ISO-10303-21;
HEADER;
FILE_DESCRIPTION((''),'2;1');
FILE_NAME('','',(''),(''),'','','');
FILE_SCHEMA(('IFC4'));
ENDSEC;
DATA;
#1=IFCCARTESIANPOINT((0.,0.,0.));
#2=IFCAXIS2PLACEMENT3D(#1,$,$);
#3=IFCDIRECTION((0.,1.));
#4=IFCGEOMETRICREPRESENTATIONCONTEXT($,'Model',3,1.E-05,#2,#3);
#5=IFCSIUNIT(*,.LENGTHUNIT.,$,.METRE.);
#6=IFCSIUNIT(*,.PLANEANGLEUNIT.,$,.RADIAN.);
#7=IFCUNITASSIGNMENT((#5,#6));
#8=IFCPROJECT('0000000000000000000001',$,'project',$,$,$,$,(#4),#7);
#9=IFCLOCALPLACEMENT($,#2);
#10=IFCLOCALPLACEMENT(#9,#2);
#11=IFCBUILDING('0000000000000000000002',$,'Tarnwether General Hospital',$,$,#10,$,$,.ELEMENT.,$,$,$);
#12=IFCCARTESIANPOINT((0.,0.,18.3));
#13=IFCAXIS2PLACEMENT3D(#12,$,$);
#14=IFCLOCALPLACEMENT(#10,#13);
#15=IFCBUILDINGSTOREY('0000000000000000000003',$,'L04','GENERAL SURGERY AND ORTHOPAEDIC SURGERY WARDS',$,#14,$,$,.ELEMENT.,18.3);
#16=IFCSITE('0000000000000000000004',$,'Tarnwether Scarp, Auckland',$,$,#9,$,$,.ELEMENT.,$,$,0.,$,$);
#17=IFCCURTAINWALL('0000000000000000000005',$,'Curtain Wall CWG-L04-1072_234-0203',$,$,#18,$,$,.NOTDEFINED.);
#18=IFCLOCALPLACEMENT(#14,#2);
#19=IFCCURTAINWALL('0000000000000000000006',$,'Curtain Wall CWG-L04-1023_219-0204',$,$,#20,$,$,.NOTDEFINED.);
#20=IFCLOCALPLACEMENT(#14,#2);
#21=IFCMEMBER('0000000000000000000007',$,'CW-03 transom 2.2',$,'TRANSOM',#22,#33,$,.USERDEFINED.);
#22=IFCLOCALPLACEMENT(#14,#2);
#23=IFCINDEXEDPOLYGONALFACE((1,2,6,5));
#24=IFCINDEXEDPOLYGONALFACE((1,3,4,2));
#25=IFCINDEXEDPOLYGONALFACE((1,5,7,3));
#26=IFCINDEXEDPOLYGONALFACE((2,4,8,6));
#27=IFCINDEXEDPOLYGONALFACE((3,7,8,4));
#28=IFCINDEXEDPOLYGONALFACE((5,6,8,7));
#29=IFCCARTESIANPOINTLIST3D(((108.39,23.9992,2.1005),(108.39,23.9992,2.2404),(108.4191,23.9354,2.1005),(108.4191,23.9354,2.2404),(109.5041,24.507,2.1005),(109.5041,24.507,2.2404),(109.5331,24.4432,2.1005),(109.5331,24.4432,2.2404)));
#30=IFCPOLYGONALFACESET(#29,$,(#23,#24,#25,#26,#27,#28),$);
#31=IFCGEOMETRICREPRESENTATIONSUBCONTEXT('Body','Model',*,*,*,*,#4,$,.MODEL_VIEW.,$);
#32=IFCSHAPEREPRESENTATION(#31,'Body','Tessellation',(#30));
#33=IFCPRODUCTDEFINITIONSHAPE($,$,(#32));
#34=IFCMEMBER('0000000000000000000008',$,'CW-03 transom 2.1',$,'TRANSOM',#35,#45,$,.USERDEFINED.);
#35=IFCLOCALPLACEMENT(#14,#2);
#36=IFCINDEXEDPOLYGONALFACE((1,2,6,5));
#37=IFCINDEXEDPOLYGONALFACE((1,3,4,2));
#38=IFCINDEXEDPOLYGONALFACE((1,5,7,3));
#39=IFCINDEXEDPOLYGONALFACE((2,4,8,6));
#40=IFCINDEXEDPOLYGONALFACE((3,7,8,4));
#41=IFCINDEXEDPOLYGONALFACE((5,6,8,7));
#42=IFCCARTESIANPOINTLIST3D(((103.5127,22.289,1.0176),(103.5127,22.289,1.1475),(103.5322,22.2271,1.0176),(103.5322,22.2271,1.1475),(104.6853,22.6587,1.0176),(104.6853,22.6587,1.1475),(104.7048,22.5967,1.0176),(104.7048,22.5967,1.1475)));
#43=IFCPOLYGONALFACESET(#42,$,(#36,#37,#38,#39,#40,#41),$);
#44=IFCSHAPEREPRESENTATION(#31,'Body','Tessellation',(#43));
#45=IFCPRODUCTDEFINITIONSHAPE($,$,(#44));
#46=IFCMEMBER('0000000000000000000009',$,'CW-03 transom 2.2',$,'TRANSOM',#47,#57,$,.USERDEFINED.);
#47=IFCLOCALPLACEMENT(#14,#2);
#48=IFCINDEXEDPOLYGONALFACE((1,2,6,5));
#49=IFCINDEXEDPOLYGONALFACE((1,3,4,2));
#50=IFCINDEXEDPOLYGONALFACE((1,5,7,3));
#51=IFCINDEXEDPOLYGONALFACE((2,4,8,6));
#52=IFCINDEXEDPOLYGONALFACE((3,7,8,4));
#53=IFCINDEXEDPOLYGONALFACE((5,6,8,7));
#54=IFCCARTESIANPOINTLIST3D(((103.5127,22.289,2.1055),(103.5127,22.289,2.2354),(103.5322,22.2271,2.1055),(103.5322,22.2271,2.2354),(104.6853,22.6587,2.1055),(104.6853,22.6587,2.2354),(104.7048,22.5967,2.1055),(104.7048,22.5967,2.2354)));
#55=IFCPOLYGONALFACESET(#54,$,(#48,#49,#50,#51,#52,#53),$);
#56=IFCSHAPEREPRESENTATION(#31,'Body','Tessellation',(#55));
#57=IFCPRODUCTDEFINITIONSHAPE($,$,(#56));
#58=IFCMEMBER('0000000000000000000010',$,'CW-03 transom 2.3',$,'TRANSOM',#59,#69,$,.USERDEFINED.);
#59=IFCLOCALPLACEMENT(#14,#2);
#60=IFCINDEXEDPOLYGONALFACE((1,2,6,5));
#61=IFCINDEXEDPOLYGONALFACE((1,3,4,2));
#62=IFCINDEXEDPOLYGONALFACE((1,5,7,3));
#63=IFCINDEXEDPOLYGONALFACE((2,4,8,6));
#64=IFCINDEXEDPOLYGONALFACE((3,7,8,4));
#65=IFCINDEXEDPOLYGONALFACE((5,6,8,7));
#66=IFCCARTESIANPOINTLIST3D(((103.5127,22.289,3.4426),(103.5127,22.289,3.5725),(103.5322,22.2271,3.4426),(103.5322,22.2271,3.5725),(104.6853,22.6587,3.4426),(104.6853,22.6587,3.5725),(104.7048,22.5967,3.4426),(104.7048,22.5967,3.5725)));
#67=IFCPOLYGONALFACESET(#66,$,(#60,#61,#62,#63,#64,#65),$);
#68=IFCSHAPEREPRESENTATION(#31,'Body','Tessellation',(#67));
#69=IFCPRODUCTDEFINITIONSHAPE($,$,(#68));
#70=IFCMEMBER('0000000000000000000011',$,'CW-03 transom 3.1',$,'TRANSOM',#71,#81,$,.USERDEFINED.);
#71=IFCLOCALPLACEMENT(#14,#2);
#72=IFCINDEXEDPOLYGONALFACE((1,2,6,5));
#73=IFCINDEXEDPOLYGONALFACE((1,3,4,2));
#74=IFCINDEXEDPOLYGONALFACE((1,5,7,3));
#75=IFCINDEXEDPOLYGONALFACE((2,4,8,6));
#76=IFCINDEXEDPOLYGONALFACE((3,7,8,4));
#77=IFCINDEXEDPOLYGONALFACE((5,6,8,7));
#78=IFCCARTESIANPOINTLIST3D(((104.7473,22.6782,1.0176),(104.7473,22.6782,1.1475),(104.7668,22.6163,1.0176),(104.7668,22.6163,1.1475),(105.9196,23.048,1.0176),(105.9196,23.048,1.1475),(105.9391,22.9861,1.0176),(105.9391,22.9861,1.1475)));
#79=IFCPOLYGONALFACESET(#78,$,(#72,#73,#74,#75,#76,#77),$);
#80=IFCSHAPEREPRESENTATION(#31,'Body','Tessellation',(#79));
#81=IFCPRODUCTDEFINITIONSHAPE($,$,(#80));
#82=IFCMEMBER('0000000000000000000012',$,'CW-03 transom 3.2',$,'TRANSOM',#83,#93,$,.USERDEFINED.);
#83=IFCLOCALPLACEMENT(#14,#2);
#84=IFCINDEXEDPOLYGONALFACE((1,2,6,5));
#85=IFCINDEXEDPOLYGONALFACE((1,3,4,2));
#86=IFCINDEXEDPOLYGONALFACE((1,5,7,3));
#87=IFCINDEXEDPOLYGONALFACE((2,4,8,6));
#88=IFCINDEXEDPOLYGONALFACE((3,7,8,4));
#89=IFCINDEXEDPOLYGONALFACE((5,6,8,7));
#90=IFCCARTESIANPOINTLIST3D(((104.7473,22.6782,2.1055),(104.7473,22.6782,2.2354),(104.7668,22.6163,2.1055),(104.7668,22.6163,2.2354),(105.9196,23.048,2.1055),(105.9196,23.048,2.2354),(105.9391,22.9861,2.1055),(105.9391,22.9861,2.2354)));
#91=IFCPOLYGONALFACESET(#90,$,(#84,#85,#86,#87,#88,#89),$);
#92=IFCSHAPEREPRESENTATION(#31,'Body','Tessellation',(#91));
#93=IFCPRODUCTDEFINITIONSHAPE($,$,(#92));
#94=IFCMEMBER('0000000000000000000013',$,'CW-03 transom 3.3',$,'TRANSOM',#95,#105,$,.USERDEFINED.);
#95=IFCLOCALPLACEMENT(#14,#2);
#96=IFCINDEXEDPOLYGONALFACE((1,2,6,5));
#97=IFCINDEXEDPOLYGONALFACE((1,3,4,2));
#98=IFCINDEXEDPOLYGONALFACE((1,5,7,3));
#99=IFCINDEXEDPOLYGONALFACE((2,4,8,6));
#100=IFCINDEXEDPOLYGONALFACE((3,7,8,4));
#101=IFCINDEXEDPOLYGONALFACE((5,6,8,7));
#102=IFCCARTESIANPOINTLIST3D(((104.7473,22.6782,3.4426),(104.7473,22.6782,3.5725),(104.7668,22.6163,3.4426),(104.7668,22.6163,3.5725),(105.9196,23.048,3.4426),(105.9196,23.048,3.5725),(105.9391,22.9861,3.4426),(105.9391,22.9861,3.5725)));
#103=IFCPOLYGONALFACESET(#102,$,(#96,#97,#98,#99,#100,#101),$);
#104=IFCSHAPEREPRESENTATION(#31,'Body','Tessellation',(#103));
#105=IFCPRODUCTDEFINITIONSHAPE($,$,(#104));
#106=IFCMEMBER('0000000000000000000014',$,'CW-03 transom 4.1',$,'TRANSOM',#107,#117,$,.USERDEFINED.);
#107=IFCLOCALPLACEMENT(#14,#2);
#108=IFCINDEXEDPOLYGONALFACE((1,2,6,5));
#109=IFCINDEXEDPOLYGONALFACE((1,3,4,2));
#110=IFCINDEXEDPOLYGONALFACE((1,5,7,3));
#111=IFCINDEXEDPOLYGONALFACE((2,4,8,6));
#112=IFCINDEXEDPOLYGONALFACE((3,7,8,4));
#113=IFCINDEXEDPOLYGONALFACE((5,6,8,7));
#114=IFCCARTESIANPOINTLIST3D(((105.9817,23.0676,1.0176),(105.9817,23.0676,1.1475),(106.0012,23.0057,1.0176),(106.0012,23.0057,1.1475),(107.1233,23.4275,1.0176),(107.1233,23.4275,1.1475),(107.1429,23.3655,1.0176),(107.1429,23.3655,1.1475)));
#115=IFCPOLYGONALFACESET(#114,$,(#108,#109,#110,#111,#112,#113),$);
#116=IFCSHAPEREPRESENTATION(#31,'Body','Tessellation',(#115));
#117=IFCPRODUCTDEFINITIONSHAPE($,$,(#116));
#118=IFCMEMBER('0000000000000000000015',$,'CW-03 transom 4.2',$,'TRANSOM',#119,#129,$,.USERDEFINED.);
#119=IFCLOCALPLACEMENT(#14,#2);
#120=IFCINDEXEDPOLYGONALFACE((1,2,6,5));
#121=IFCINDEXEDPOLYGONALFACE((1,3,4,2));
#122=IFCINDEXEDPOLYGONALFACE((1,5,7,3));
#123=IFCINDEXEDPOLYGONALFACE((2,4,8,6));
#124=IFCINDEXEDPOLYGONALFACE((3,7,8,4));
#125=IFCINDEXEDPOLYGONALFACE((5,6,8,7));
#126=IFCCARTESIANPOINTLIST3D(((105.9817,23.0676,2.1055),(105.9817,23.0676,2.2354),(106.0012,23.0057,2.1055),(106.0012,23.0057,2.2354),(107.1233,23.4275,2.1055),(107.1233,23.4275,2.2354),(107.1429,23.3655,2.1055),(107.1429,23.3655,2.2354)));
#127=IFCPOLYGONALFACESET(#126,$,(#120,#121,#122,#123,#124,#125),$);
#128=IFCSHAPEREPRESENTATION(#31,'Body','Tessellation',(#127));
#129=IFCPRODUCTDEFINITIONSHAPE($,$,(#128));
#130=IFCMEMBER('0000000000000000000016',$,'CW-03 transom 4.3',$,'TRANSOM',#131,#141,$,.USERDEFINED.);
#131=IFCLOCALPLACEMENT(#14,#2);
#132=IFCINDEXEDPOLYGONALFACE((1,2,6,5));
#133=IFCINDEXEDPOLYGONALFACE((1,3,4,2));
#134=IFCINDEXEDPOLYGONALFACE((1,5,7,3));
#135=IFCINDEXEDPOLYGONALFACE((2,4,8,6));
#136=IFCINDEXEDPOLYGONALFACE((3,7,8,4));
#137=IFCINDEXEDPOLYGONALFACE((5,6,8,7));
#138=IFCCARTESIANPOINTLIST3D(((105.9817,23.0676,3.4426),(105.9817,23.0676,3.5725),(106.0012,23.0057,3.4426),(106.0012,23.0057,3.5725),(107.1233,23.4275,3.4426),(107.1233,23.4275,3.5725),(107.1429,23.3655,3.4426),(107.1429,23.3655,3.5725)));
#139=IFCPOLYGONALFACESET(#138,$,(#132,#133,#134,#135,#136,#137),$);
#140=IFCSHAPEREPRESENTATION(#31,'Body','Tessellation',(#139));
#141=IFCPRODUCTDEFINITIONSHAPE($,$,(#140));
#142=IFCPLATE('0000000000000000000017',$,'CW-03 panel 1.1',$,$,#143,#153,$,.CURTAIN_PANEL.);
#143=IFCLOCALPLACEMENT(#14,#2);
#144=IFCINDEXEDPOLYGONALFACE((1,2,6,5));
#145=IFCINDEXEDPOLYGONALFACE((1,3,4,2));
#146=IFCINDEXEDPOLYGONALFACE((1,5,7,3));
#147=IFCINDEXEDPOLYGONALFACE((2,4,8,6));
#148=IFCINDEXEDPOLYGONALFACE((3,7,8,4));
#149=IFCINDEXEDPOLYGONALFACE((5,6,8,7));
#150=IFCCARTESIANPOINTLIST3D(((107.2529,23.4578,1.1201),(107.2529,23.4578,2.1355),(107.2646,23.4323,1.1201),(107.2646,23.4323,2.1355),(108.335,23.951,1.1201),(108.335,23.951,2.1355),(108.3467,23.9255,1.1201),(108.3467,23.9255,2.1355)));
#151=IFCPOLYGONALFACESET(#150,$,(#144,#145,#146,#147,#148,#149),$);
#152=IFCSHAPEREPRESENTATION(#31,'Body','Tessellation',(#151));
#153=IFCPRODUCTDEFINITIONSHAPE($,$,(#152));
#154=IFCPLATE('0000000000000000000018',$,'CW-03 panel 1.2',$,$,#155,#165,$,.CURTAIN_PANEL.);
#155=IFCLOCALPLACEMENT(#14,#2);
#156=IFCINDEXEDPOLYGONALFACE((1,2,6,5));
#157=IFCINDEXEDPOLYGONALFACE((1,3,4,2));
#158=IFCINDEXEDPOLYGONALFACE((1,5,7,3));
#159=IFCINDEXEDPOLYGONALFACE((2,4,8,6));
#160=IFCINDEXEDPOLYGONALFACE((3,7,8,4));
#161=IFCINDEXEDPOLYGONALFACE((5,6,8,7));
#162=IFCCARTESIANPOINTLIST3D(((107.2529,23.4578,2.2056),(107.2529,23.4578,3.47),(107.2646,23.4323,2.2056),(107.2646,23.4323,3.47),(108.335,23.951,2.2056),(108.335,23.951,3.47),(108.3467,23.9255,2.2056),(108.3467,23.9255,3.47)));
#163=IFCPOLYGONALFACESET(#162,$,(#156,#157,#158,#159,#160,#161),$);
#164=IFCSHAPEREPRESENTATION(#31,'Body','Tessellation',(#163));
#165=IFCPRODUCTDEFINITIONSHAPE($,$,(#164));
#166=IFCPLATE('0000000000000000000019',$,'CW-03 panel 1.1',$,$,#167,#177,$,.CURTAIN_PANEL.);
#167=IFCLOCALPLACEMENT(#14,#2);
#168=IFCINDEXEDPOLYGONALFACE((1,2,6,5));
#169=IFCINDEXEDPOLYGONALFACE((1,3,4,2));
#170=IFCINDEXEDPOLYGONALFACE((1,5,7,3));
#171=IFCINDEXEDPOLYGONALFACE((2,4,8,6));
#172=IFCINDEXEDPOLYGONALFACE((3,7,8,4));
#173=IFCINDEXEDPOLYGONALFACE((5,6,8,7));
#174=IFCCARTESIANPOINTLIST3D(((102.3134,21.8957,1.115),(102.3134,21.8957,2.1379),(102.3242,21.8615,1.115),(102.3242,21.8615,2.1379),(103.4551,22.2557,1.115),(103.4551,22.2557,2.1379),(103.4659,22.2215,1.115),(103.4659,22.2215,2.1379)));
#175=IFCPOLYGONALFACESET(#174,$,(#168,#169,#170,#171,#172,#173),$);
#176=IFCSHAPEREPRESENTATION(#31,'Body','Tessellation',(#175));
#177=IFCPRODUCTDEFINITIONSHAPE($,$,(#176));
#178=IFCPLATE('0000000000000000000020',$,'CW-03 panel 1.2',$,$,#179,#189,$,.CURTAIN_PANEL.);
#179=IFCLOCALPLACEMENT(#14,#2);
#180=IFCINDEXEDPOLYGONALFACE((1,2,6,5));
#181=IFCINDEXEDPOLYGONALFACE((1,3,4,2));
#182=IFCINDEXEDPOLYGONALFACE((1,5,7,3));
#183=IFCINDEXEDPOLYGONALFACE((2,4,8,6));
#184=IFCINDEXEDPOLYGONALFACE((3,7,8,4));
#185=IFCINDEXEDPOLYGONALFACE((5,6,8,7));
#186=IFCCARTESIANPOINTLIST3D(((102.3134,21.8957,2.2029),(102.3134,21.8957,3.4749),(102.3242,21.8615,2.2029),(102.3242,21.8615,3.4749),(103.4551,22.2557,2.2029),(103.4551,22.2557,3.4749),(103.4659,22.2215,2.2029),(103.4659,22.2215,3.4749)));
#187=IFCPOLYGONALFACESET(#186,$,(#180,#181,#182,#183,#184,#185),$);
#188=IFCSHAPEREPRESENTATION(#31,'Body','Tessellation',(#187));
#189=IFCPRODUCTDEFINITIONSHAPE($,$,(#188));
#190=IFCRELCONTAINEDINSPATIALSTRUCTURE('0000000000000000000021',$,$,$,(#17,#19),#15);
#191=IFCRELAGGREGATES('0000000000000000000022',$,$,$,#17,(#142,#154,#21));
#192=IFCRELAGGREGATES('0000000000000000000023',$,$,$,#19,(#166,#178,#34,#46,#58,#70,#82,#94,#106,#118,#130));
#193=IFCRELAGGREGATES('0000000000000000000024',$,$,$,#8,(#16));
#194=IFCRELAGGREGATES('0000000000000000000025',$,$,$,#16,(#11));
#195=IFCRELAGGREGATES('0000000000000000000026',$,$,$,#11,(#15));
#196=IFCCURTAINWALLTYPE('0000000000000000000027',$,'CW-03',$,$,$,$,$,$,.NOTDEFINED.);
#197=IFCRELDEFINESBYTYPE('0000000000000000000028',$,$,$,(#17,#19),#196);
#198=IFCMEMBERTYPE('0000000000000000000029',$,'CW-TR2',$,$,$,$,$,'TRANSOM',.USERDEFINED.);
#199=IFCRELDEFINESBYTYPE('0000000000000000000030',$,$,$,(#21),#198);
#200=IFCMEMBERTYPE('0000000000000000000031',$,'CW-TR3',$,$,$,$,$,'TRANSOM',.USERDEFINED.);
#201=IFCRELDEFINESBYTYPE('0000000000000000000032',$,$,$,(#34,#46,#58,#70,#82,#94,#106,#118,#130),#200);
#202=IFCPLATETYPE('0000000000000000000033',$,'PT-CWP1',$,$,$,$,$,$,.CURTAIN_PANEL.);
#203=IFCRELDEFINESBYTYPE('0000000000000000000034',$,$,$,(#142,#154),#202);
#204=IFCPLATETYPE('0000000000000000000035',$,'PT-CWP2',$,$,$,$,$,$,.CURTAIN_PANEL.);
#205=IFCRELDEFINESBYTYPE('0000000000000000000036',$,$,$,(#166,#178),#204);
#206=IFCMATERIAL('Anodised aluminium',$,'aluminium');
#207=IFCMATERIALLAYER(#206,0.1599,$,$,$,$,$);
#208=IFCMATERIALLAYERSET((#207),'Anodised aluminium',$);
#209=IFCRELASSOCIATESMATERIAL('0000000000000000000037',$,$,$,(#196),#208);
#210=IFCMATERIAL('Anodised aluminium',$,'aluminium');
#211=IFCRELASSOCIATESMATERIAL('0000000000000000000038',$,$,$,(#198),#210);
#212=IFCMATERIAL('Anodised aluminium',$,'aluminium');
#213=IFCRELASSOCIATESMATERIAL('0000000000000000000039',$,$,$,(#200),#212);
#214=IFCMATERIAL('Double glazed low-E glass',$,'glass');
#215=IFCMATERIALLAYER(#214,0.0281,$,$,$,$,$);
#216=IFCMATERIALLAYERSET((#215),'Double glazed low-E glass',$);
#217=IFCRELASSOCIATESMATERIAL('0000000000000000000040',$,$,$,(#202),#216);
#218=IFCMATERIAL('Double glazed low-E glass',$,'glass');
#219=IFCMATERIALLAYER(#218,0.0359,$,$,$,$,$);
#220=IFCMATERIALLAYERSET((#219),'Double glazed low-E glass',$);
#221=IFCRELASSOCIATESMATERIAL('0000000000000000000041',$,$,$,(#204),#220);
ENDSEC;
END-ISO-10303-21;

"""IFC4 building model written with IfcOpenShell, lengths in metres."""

from ifc_helpers import new_model, si_unit, direction, frame, origin, origin_2d, place, context, subcontext, project, spatial, rectangle, extrude, material, layer, layer_set, material_profile, profile_set, type_object, element, aggregate, save


model = new_model("IFC4")

# Units and contexts
model_context = context("Model", 3, precision=1e-05, world=origin(), true_north=direction((0.0, 1.0)))
body_context = subcontext(model_context, "Body", "Model", "MODEL_VIEW")
ifc_project = project(units=[si_unit("LENGTHUNIT", "METRE"), si_unit("PLANEANGLEUNIT", "RADIAN")], contexts=[model_context])

# Site, building, storey
site_placement = place(None, origin())
site = spatial("IfcSite", under=ifc_project, at=site_placement, Name="Tarnwether Scarp, Auckland", CompositionType="ELEMENT", RefElevation=0.0)
building_placement = place(site_placement, origin())
building = spatial("IfcBuilding", under=site, at=building_placement, Name="Tarnwether General Hospital", CompositionType="ELEMENT")
storey_placement = place(building_placement, frame((0.0, 0.0, 18.3)))
storey = spatial("IfcBuildingStorey", under=building, at=storey_placement, Name="L04", Description="GENERAL SURGERY AND ORTHOPAEDIC SURGERY WARDS", CompositionType="ELEMENT", Elevation=18.3)

# Curtain walls
ifc_material_1 = material(Name="Anodised aluminium", Category="aluminium")
ifc_layer_1 = layer(ifc_material_1, 0.1599)
ifc_layer_set_1 = layer_set([ifc_layer_1], Name="Anodised aluminium")
curtain_wall_type = type_object("IfcCurtainWallType", Name="CW-03", PredefinedType="NOTDEFINED", material=ifc_layer_set_1)
curtain_wall_1_placement = place(storey_placement, origin())
curtain_wall_1 = element("IfcCurtainWall", 1, at=curtain_wall_1_placement, inside=storey, type_object=curtain_wall_type, Name="Curtain Wall CWG-L04-1072_234-0203", PredefinedType="NOTDEFINED")
curtain_wall_2_placement = place(storey_placement, origin())
curtain_wall_2 = element("IfcCurtainWall", 2, at=curtain_wall_2_placement, inside=storey, type_object=curtain_wall_type, Name="Curtain Wall CWG-L04-1023_219-0204", PredefinedType="NOTDEFINED")

# Members
ifc_material_2 = material(Name="Anodised aluminium", Category="aluminium")
ifc_material_profile_1 = material_profile(ifc_material_2, rectangle(XDim=0.0701, YDim=0.1399, at=origin_2d()), Name="ALU-TRN-70x140")
ifc_profile_set_1 = profile_set([ifc_material_profile_1], Name="Anodised aluminium")
member_type_1 = type_object("IfcMemberType", Name="CW-TR2", ElementType="TRANSOM", PredefinedType="USERDEFINED", material=ifc_profile_set_1)
member_1_placement = place(storey_placement, frame((108.4045, 23.9673, 2.1704), z_axis=(0.909922, 0.414779, 0.0), x_axis=(-0.414779, 0.909922, 0.0)))
member_1 = element("IfcMember", 3, at=member_1_placement, type_object=member_type_1, Name="CW-03 transom 2.2", ObjectType="TRANSOM", PredefinedType="USERDEFINED", context=body_context, shape_type="SweptSolid", body=[
    extrude(rectangle(XDim=0.0701, YDim=0.1399, at=origin_2d()), origin(), (0.0, 0.0, 1.0), 1.2244),
])
ifc_material_3 = material(Name="Anodised aluminium", Category="aluminium")
ifc_material_profile_2 = material_profile(ifc_material_3, rectangle(XDim=0.0649, YDim=0.1299, at=origin_2d()), Name="ALU-TRN-65x130")
ifc_profile_set_2 = profile_set([ifc_material_profile_2], Name="Anodised aluminium")
member_type_2 = type_object("IfcMemberType", Name="CW-TR3", ElementType="TRANSOM", PredefinedType="USERDEFINED", material=ifc_profile_set_2)
member_2_placement = place(storey_placement, frame((103.5225, 22.2581, 1.0825), z_axis=(0.953739, 0.300637, 0.0), x_axis=(-0.300637, 0.953739, 0.0)))
member_2 = element("IfcMember", 4, at=member_2_placement, type_object=member_type_2, Name="CW-03 transom 2.1", ObjectType="TRANSOM", PredefinedType="USERDEFINED", context=body_context, shape_type="SweptSolid", body=[
    extrude(rectangle(XDim=0.0649, YDim=0.1299, at=origin_2d()), origin(), (0.0, 0.0, 1.0), 1.2295),
])
member_3_placement = place(storey_placement, frame((103.5225, 22.2581, 2.1704), z_axis=(0.953739, 0.300637, 0.0), x_axis=(-0.300637, 0.953739, 0.0)))
member_3 = element("IfcMember", 5, at=member_3_placement, type_object=member_type_2, Name="CW-03 transom 2.2", ObjectType="TRANSOM", PredefinedType="USERDEFINED", context=body_context, shape_type="SweptSolid", body=[
    extrude(rectangle(XDim=0.0649, YDim=0.1299, at=origin_2d()), origin(), (0.0, 0.0, 1.0), 1.2295),
])
member_4_placement = place(storey_placement, frame((103.5225, 22.2581, 3.5076), z_axis=(0.953739, 0.300637, 0.0), x_axis=(-0.300637, 0.953739, 0.0)))
member_4 = element("IfcMember", 6, at=member_4_placement, type_object=member_type_2, Name="CW-03 transom 2.3", ObjectType="TRANSOM", PredefinedType="USERDEFINED", context=body_context, shape_type="SweptSolid", body=[
    extrude(rectangle(XDim=0.0649, YDim=0.1299, at=origin_2d()), origin(), (0.0, 0.0, 1.0), 1.2295),
])
member_5_placement = place(storey_placement, frame((104.7571, 22.6472, 1.0825), z_axis=(0.953664, 0.300875, 0.0), x_axis=(-0.300875, 0.953664, 0.0)))
member_5 = element("IfcMember", 7, at=member_5_placement, type_object=member_type_2, Name="CW-03 transom 3.1", ObjectType="TRANSOM", PredefinedType="USERDEFINED", context=body_context, shape_type="SweptSolid", body=[
    extrude(rectangle(XDim=0.0649, YDim=0.1299, at=origin_2d()), origin(), (0.0, 0.0, 1.0), 1.2292),
])
member_6_placement = place(storey_placement, frame((104.7571, 22.6472, 2.1704), z_axis=(0.953664, 0.300875, 0.0), x_axis=(-0.300875, 0.953664, 0.0)))
member_6 = element("IfcMember", 8, at=member_6_placement, type_object=member_type_2, Name="CW-03 transom 3.2", ObjectType="TRANSOM", PredefinedType="USERDEFINED", context=body_context, shape_type="SweptSolid", body=[
    extrude(rectangle(XDim=0.0649, YDim=0.1299, at=origin_2d()), origin(), (0.0, 0.0, 1.0), 1.2292),
])
member_7_placement = place(storey_placement, frame((104.7571, 22.6472, 3.5076), z_axis=(0.953664, 0.300875, 0.0), x_axis=(-0.300875, 0.953664, 0.0)))
member_7 = element("IfcMember", 9, at=member_7_placement, type_object=member_type_2, Name="CW-03 transom 3.3", ObjectType="TRANSOM", PredefinedType="USERDEFINED", context=body_context, shape_type="SweptSolid", body=[
    extrude(rectangle(XDim=0.0649, YDim=0.1299, at=origin_2d()), origin(), (0.0, 0.0, 1.0), 1.2292),
])
member_8_placement = place(storey_placement, frame((105.9915, 23.0366, 1.0825), z_axis=(0.953737, 0.300643, 0.0), x_axis=(-0.300643, 0.953737, 0.0)))
member_8 = element("IfcMember", 10, at=member_8_placement, type_object=member_type_2, Name="CW-03 transom 4.1", ObjectType="TRANSOM", PredefinedType="USERDEFINED", context=body_context, shape_type="SweptSolid", body=[
    extrude(rectangle(XDim=0.0649, YDim=0.1299, at=origin_2d()), origin(), (0.0, 0.0, 1.0), 1.197),
])
member_9_placement = place(storey_placement, frame((105.9915, 23.0366, 2.1704), z_axis=(0.953737, 0.300643, 0.0), x_axis=(-0.300643, 0.953737, 0.0)))
member_9 = element("IfcMember", 11, at=member_9_placement, type_object=member_type_2, Name="CW-03 transom 4.2", ObjectType="TRANSOM", PredefinedType="USERDEFINED", context=body_context, shape_type="SweptSolid", body=[
    extrude(rectangle(XDim=0.0649, YDim=0.1299, at=origin_2d()), origin(), (0.0, 0.0, 1.0), 1.197),
])
member_10_placement = place(storey_placement, frame((105.9915, 23.0366, 3.5076), z_axis=(0.953737, 0.300643, 0.0), x_axis=(-0.300643, 0.953737, 0.0)))
member_10 = element("IfcMember", 12, at=member_10_placement, type_object=member_type_2, Name="CW-03 transom 4.3", ObjectType="TRANSOM", PredefinedType="USERDEFINED", context=body_context, shape_type="SweptSolid", body=[
    extrude(rectangle(XDim=0.0649, YDim=0.1299, at=origin_2d()), origin(), (0.0, 0.0, 1.0), 1.197),
])

# Plates
ifc_material_4 = material(Name="Double glazed low-E glass", Category="glass")
ifc_layer_2 = layer(ifc_material_4, 0.0281)
ifc_layer_set_2 = layer_set([ifc_layer_2], Name="Double glazed low-E glass")
plate_type_1 = type_object("IfcPlateType", Name="PT-CWP1", PredefinedType="CURTAIN_PANEL", material=ifc_layer_set_2)
plate_1_placement = place(storey_placement, frame((107.7998, 23.6917, 1.1201), z_axis=(0.0, 0.0, 1.0), x_axis=(0.909956, 0.414705, 0.0)))
plate_1 = element("IfcPlate", 13, at=plate_1_placement, type_object=plate_type_1, Name="CW-03 panel 1.1", PredefinedType="CURTAIN_PANEL", context=body_context, shape_type="SweptSolid", body=[
    extrude(rectangle(XDim=1.1892, YDim=0.0281, at=origin_2d()), origin(), (0.0, 0.0, 1.0), 1.0154),
])
plate_2_placement = place(storey_placement, frame((107.7998, 23.6917, 2.2056), z_axis=(0.0, 0.0, 1.0), x_axis=(0.909956, 0.414705, 0.0)))
plate_2 = element("IfcPlate", 14, at=plate_2_placement, type_object=plate_type_1, Name="CW-03 panel 1.2", PredefinedType="CURTAIN_PANEL", context=body_context, shape_type="SweptSolid", body=[
    extrude(rectangle(XDim=1.1892, YDim=0.0281, at=origin_2d()), origin(), (0.0, 0.0, 1.0), 1.2644),
])
aggregate(curtain_wall_1, [plate_1, plate_2, member_1])
ifc_material_5 = material(Name="Double glazed low-E glass", Category="glass")
ifc_layer_3 = layer(ifc_material_5, 0.0359)
ifc_layer_set_3 = layer_set([ifc_layer_3], Name="Double glazed low-E glass")
plate_type_2 = type_object("IfcPlateType", Name="PT-CWP2", PredefinedType="CURTAIN_PANEL", material=ifc_layer_set_3)
plate_3_placement = place(storey_placement, frame((102.8896, 22.0586, 1.115), z_axis=(0.0, 0.0, 1.0), x_axis=(0.953714, 0.300715, 0.0)))
plate_3 = element("IfcPlate", 15, at=plate_3_placement, type_object=plate_type_2, Name="CW-03 panel 1.1", PredefinedType="CURTAIN_PANEL", context=body_context, shape_type="SweptSolid", body=[
    extrude(rectangle(XDim=1.197, YDim=0.0359, at=origin_2d()), origin(), (0.0, 0.0, 1.0), 1.0229),
])
plate_4_placement = place(storey_placement, frame((102.8896, 22.0586, 2.2029), z_axis=(0.0, 0.0, 1.0), x_axis=(0.953714, 0.300715, 0.0)))
plate_4 = element("IfcPlate", 16, at=plate_4_placement, type_object=plate_type_2, Name="CW-03 panel 1.2", PredefinedType="CURTAIN_PANEL", context=body_context, shape_type="SweptSolid", body=[
    extrude(rectangle(XDim=1.197, YDim=0.0359, at=origin_2d()), origin(), (0.0, 0.0, 1.0), 1.272),
])
aggregate(curtain_wall_2, [plate_3, plate_4, member_2, member_3, member_4, member_5, member_6, member_7, member_8, member_9, member_10])

save(model, "model.ifc")
